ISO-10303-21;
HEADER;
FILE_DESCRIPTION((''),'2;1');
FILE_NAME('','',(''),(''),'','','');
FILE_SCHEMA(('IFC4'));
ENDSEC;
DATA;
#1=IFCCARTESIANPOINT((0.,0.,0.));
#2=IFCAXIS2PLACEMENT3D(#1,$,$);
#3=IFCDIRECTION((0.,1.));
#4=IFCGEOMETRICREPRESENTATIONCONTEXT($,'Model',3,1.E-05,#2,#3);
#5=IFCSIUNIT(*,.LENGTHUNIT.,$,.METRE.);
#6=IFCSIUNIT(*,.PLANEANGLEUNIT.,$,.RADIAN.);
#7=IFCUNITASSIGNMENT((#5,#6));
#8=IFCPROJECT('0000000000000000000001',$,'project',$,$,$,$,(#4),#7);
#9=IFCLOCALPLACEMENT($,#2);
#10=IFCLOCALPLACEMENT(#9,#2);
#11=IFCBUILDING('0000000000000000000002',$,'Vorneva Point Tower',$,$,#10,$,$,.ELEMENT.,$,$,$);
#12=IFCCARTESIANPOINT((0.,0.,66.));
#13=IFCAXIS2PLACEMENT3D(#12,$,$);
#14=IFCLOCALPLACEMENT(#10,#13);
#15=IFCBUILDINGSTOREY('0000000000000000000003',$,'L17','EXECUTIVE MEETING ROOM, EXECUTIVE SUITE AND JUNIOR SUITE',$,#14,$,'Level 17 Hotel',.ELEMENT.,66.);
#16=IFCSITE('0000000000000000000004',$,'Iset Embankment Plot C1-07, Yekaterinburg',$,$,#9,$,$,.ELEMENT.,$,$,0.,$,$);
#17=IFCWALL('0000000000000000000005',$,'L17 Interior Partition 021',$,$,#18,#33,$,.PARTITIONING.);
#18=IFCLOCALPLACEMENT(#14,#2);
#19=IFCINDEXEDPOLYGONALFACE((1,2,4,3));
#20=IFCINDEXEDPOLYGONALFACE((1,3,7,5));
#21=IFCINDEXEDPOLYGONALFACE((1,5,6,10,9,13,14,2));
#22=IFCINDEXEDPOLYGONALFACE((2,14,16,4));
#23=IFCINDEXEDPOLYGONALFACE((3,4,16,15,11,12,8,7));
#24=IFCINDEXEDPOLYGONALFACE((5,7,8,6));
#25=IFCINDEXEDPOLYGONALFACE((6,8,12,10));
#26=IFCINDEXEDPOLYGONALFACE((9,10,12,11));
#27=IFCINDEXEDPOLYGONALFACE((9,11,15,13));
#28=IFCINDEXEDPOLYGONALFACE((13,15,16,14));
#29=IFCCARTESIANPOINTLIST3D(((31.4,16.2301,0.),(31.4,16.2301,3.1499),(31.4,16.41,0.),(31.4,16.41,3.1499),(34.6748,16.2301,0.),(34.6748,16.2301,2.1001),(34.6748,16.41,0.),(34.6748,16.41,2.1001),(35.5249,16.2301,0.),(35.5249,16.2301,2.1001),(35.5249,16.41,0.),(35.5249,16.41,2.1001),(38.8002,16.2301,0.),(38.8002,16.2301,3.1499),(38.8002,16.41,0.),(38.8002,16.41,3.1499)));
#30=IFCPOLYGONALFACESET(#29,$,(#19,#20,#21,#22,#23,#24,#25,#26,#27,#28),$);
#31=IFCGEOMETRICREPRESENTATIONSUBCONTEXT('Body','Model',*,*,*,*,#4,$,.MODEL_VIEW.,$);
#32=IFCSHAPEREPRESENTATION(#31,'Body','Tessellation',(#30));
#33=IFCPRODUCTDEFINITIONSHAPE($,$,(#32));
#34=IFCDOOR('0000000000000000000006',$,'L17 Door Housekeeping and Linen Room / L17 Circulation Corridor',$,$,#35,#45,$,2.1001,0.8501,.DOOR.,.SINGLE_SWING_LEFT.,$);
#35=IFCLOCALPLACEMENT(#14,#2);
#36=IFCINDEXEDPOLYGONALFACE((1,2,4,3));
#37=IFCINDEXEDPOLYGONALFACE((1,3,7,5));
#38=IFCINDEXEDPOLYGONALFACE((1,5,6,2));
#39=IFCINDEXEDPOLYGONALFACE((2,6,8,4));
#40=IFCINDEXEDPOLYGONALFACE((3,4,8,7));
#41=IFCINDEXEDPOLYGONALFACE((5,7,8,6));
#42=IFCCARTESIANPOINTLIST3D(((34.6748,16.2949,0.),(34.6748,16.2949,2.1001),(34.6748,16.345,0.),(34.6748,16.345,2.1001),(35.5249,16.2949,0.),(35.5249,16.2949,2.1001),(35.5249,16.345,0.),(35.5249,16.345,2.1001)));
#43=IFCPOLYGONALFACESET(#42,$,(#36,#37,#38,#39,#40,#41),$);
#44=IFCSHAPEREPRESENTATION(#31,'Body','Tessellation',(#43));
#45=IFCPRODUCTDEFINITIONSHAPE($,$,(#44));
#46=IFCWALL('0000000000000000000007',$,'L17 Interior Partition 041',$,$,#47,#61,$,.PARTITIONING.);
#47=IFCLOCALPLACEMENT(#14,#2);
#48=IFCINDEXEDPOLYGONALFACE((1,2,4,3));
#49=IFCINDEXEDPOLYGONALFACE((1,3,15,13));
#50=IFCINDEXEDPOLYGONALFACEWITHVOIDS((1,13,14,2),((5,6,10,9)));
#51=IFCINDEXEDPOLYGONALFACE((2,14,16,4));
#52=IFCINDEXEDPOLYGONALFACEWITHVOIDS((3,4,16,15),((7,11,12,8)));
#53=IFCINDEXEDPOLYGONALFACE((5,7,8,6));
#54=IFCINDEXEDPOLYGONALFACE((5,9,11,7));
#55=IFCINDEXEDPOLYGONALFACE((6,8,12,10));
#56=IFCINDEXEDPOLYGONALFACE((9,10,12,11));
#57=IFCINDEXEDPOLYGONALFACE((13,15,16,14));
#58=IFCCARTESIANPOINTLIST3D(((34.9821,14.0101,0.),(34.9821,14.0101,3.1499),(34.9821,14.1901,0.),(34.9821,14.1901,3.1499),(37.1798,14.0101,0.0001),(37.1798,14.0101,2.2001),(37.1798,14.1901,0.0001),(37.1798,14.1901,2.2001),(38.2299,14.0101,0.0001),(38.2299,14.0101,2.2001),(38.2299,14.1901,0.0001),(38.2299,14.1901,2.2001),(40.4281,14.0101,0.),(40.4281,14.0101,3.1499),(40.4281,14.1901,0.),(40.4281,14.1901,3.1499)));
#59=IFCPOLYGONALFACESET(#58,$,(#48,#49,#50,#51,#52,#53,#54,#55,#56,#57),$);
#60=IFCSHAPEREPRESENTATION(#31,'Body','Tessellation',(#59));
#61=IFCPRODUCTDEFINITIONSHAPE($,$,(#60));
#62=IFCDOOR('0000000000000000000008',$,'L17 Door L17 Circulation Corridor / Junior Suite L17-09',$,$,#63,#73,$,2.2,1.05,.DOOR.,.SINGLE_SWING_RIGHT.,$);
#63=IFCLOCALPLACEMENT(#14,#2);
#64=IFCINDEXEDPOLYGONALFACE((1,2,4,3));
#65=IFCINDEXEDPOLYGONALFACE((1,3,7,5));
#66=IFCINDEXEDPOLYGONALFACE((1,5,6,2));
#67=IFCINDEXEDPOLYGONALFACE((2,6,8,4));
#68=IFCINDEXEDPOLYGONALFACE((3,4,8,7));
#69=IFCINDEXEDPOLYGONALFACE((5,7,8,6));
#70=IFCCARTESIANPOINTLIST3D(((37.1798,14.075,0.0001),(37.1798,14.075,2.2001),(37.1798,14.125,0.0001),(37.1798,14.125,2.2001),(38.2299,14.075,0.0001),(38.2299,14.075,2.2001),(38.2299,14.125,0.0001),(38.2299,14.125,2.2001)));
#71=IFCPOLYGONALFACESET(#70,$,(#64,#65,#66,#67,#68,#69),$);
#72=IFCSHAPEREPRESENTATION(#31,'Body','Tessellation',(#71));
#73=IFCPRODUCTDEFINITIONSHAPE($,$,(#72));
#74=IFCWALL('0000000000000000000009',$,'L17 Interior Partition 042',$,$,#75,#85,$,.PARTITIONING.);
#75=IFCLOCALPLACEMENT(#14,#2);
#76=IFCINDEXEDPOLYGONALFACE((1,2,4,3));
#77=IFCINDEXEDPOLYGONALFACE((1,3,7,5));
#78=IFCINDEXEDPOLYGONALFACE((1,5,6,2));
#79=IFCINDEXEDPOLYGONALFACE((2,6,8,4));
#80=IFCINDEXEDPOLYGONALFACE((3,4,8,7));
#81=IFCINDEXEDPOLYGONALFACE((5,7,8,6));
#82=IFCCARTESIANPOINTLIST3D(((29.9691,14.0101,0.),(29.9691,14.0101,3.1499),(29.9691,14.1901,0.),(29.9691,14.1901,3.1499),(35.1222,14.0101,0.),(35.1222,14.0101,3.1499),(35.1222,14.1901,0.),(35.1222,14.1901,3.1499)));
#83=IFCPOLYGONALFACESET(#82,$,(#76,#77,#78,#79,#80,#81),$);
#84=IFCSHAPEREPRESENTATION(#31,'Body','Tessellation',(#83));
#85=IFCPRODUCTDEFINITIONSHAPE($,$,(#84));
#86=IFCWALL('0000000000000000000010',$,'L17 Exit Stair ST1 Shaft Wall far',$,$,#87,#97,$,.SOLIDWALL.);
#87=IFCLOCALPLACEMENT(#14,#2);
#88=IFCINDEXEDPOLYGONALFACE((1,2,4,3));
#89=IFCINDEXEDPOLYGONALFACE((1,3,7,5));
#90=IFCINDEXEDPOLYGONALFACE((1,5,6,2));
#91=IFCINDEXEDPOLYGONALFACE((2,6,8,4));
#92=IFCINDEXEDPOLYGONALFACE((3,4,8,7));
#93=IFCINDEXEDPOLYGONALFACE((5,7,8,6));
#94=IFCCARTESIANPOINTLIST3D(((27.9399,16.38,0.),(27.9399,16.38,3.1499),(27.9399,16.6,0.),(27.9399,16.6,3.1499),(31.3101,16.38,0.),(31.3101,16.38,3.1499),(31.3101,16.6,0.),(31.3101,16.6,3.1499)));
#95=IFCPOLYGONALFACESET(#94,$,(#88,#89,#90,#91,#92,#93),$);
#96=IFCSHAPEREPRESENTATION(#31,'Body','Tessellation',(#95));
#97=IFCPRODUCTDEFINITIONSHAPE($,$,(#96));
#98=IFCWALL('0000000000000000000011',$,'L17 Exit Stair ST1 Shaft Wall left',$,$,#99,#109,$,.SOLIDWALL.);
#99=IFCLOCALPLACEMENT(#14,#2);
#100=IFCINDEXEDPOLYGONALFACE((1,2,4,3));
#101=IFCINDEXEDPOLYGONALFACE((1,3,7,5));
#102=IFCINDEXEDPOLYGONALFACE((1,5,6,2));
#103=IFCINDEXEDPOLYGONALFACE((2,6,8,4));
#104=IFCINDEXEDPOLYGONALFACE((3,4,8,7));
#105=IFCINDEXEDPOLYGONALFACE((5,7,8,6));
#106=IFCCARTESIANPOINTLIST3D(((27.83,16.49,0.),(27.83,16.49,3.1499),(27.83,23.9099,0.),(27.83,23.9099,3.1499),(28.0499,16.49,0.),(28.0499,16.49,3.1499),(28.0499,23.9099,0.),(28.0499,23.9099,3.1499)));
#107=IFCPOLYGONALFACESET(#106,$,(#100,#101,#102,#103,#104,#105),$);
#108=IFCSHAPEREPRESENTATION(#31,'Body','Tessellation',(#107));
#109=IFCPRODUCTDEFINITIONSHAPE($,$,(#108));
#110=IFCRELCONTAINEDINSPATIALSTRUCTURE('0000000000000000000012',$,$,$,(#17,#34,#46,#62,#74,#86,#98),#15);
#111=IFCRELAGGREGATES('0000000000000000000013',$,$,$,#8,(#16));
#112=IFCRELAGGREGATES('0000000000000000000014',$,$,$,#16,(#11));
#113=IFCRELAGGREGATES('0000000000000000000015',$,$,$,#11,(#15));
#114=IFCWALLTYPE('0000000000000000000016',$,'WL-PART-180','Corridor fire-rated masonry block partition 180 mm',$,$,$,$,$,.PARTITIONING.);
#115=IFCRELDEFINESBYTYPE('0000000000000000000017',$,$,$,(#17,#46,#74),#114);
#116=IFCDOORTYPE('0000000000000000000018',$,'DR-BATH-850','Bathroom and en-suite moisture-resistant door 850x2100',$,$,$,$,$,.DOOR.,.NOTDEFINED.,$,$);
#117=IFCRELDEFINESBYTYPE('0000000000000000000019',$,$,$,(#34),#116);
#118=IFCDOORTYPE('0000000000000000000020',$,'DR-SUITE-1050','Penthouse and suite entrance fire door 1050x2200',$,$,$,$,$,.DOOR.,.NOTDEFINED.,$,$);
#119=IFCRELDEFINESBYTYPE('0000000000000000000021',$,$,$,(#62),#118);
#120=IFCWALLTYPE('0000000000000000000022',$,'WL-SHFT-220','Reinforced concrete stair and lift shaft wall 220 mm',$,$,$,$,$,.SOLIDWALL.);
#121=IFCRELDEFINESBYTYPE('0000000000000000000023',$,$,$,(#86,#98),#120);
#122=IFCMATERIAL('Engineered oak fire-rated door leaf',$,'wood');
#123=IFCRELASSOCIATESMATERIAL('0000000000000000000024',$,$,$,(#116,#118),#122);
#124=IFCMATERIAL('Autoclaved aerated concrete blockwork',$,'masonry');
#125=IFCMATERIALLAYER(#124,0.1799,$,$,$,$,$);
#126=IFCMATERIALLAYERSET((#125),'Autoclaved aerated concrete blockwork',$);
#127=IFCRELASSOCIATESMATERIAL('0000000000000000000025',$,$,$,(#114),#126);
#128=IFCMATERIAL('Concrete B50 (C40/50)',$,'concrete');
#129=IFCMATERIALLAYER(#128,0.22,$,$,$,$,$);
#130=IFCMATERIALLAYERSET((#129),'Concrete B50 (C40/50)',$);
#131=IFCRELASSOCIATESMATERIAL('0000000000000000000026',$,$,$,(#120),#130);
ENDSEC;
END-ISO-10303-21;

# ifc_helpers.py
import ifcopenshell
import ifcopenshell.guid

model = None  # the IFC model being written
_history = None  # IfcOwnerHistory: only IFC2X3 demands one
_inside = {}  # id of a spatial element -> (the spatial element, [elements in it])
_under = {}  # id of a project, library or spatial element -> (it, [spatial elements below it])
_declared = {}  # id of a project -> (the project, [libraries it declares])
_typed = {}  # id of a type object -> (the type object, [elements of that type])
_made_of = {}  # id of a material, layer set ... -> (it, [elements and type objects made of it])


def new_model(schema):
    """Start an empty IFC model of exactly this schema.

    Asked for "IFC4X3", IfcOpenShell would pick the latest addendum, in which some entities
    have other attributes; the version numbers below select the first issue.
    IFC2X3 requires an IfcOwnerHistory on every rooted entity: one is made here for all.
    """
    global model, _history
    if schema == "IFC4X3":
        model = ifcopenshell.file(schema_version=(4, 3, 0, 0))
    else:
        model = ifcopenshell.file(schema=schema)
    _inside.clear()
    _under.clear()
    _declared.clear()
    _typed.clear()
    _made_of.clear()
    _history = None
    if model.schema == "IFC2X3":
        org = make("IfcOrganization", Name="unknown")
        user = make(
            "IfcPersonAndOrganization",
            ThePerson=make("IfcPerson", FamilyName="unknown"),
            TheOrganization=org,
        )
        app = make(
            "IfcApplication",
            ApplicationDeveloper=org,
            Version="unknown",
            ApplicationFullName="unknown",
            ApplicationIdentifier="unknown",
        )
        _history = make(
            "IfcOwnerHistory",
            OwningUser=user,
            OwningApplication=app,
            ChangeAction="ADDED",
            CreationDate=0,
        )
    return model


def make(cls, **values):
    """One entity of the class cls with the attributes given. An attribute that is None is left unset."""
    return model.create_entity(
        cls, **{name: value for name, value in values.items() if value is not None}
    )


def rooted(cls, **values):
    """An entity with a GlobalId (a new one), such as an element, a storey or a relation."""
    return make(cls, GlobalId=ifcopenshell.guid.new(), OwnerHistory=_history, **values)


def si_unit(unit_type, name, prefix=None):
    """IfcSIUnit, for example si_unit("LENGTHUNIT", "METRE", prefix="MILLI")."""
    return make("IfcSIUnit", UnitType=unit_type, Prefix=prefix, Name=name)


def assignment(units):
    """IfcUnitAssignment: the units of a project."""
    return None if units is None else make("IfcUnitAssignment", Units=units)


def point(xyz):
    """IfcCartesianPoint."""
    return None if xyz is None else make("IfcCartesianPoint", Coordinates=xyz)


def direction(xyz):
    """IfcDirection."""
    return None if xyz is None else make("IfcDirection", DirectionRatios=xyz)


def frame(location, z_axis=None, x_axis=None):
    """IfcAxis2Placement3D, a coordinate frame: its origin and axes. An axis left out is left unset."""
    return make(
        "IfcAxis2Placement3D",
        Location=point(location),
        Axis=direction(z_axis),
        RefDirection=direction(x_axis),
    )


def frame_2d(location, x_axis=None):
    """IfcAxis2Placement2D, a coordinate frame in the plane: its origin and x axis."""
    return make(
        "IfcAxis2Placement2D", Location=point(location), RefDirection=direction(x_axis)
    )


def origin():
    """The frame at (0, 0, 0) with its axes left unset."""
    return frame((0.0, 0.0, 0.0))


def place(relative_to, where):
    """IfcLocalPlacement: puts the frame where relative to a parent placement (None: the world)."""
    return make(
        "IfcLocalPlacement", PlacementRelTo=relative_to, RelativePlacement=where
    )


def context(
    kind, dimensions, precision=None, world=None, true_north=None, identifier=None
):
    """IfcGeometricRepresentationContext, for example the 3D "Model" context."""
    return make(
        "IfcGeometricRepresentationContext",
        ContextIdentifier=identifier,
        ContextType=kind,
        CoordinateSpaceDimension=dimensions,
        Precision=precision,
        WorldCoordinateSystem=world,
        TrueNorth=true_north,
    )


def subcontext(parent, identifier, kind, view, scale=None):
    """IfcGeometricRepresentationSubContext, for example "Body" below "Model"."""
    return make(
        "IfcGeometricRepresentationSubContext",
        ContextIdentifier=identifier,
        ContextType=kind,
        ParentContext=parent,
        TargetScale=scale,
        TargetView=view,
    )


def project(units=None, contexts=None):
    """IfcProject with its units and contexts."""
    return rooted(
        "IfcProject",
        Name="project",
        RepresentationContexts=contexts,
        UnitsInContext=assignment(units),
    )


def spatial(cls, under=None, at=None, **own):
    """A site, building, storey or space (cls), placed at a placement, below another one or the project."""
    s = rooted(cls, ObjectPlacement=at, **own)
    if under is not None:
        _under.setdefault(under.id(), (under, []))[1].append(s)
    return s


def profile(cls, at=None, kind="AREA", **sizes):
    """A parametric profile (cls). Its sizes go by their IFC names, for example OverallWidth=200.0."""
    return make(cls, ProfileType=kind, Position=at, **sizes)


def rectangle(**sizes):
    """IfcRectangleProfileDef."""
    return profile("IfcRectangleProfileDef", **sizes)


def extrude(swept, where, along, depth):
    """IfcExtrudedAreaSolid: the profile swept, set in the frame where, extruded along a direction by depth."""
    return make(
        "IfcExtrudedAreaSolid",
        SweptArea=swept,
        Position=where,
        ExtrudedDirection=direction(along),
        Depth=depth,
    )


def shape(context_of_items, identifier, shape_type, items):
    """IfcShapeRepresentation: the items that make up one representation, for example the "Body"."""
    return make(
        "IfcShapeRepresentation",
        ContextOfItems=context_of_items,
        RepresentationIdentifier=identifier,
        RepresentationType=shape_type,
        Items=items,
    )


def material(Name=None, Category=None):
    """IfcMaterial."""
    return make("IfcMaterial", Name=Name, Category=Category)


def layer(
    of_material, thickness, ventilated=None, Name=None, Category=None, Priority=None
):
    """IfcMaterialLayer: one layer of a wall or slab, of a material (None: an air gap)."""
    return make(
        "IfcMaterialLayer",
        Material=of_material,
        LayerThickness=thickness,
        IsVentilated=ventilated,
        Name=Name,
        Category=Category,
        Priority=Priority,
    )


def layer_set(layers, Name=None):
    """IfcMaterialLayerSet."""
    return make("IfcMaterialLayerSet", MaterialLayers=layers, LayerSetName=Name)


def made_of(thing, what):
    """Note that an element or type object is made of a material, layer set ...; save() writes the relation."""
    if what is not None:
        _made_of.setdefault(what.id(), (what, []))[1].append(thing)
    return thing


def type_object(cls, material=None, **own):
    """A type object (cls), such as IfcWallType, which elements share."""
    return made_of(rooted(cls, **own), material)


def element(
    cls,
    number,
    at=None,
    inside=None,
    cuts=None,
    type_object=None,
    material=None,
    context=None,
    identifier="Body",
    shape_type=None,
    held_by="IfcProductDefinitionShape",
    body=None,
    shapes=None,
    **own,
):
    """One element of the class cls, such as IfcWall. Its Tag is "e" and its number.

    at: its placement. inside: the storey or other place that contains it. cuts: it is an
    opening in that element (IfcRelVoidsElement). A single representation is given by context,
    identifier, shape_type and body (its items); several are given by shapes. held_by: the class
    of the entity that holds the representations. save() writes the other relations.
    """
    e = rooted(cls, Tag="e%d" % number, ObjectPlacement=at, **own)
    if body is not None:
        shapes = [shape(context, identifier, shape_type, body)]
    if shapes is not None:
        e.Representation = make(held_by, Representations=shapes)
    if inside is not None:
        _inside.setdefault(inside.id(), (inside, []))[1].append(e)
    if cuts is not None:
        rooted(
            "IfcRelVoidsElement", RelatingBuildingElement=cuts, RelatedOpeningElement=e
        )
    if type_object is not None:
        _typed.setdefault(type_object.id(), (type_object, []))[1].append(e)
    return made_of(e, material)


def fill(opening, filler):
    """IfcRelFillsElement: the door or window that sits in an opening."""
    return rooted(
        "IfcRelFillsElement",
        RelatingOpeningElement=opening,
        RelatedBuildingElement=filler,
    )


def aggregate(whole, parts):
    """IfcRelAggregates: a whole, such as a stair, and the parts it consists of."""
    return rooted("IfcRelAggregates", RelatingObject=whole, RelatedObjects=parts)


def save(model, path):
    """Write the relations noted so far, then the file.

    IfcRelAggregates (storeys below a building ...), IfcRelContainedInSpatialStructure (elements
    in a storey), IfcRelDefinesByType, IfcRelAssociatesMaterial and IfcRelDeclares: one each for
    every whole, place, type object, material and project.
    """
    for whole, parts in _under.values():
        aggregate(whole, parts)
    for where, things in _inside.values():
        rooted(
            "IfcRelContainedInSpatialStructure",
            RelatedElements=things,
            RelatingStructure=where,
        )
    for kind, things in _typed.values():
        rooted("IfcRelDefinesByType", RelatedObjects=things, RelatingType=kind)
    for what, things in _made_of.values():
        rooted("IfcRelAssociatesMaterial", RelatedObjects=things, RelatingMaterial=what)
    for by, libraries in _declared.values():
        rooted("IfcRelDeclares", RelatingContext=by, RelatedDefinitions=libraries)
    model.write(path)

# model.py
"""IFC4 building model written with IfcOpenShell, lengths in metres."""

from ifc_helpers import new_model, si_unit, direction, frame, frame_2d, origin, place, context, subcontext, project, spatial, rectangle, extrude, material, layer, layer_set, type_object, element, fill, save


model = new_model("IFC4")

# Units and contexts
model_context = context("Model", 3, precision=1e-05, world=origin(), true_north=direction((0.0, 1.0)))
body_context = subcontext(model_context, "Body", "Model", "MODEL_VIEW")
ifc_project = project(units=[si_unit("LENGTHUNIT", "METRE"), si_unit("PLANEANGLEUNIT", "RADIAN")], contexts=[model_context])

# Site, building, storey
site_placement = place(None, origin())
site = spatial("IfcSite", under=ifc_project, at=site_placement, Name="Iset Embankment Plot C1-07, Yekaterinburg", CompositionType="ELEMENT", RefElevation=0.0)
building_placement = place(site_placement, origin())
building = spatial("IfcBuilding", under=site, at=building_placement, Name="Vorneva Point Tower", CompositionType="ELEMENT")
storey_placement = place(building_placement, frame((0.0, 0.0, 66.0)))
storey = spatial("IfcBuildingStorey", under=building, at=storey_placement, Name="L17", Description="EXECUTIVE MEETING ROOM, EXECUTIVE SUITE AND JUNIOR SUITE", LongName="Level 17 Hotel", CompositionType="ELEMENT", Elevation=66.0)

# Shared definitions
ifc_material_1 = material(Name="Engineered oak fire-rated door leaf", Category="wood")
door_type_1 = type_object("IfcDoorType", Name="DR-BATH-850", Description="Bathroom and en-suite moisture-resistant door 850x2100", OperationType="NOTDEFINED", PredefinedType="DOOR", material=ifc_material_1)

# Walls, openings, doors
ifc_material_2 = material(Name="Autoclaved aerated concrete blockwork", Category="masonry")
ifc_layer_1 = layer(ifc_material_2, 0.1799)
ifc_layer_set_1 = layer_set([ifc_layer_1], Name="Autoclaved aerated concrete blockwork")
wall_type_1 = type_object("IfcWallType", Name="WL-PART-180", Description="Corridor fire-rated masonry block partition 180 mm", PredefinedType="PARTITIONING", material=ifc_layer_set_1)
wall_1_placement = place(storey_placement, frame((31.3999, 16.3201, 0.0), z_axis=(0.0, 0.0, 1.0), x_axis=(1.0, 0.0, 0.0)))
wall_1 = element("IfcWall", 1, at=wall_1_placement, inside=storey, type_object=wall_type_1, Name="L17 Interior Partition 021", PredefinedType="PARTITIONING", context=body_context, shape_type="SweptSolid", body=[
    extrude(rectangle(XDim=7.4001, YDim=0.1799, at=frame_2d((3.7002, 0.0))), origin(), (0.0, 0.0, 1.0), 3.1499),
])
opening_1_placement = place(wall_1_placement, frame((3.2749, 0.0, 0.0)))
opening_1 = element("IfcOpeningElement", 2, at=opening_1_placement, cuts=wall_1, PredefinedType="OPENING", context=body_context, shape_type="SweptSolid", body=[
    extrude(rectangle(XDim=0.8501, YDim=2.1001, at=frame_2d((0.425, 1.05))), frame((0.0, 0.105, 0.0), z_axis=(0.0, -1.0, 0.0), x_axis=(1.0, 0.0, 0.0)), (0.0, 0.0, 1.0), 0.2097),
])
door_1_placement = place(opening_1_placement, origin())
door_1 = element("IfcDoor", 3, at=door_1_placement, inside=storey, type_object=door_type_1, Name="L17 Door Housekeeping and Linen Room / L17 Circulation Corridor", OperationType="SINGLE_SWING_LEFT", OverallHeight=2.1001, OverallWidth=0.8501, PredefinedType="DOOR", context=body_context, shape_type="SweptSolid", body=[
    extrude(rectangle(XDim=0.8501, YDim=2.1001, at=frame_2d((0.425, 1.05))), frame((0.0, 0.0249, 0.0), z_axis=(0.0, -1.0, 0.0), x_axis=(1.0, 0.0, 0.0)), (0.0, 0.0, 1.0), 0.05),
])
fill(opening_1, door_1)
wall_2_placement = place(storey_placement, frame((34.9819, 14.1001, 0.0), z_axis=(0.0, 0.0, 1.0), x_axis=(1.0, 0.0, 0.0)))
wall_2 = element("IfcWall", 4, at=wall_2_placement, inside=storey, type_object=wall_type_1, Name="L17 Interior Partition 041", PredefinedType="PARTITIONING", context=body_context, shape_type="SweptSolid", body=[
    extrude(rectangle(XDim=5.446, YDim=0.1799, at=frame_2d((2.7231, 0.0))), origin(), (0.0, 0.0, 1.0), 3.1499),
])
opening_2_placement = place(wall_2_placement, frame((2.198, 0.0, 0.0)))
opening_2 = element("IfcOpeningElement", 5, at=opening_2_placement, cuts=wall_2, PredefinedType="OPENING", context=body_context, shape_type="SweptSolid", body=[
    extrude(rectangle(XDim=1.05, YDim=2.2, at=frame_2d((0.5249, 1.1001))), frame((0.0, 0.105, 0.0), z_axis=(0.0, -1.0, 0.0), x_axis=(1.0, 0.0, 0.0)), (0.0, 0.0, 1.0), 0.2097),
])
door_type_2 = type_object("IfcDoorType", Name="DR-SUITE-1050", Description="Penthouse and suite entrance fire door 1050x2200", OperationType="NOTDEFINED", PredefinedType="DOOR", material=ifc_material_1)
door_2_placement = place(opening_2_placement, origin())
door_2 = element("IfcDoor", 6, at=door_2_placement, inside=storey, type_object=door_type_2, Name="L17 Door L17 Circulation Corridor / Junior Suite L17-09", OperationType="SINGLE_SWING_RIGHT", OverallHeight=2.2, OverallWidth=1.05, PredefinedType="DOOR", context=body_context, shape_type="SweptSolid", body=[
    extrude(rectangle(XDim=1.05, YDim=2.2, at=frame_2d((0.5249, 1.1001))), frame((0.0, 0.0249, 0.0), z_axis=(0.0, -1.0, 0.0), x_axis=(1.0, 0.0, 0.0)), (0.0, 0.0, 1.0), 0.05),
])
fill(opening_2, door_2)

# Walls
wall_3_placement = place(storey_placement, frame((29.969, 14.1001, 0.0), z_axis=(0.0, 0.0, 1.0), x_axis=(1.0, 0.0, 0.0)))
element("IfcWall", 7, at=wall_3_placement, inside=storey, type_object=wall_type_1, Name="L17 Interior Partition 042", PredefinedType="PARTITIONING", context=body_context, shape_type="SweptSolid", body=[
    extrude(rectangle(XDim=5.1531, YDim=0.1799, at=frame_2d((2.5767, 0.0))), origin(), (0.0, 0.0, 1.0), 3.1499),
])
ifc_material_3 = material(Name="Concrete B50 (C40/50)", Category="concrete")
ifc_layer_2 = layer(ifc_material_3, 0.22)
ifc_layer_set_2 = layer_set([ifc_layer_2], Name="Concrete B50 (C40/50)")
wall_type_2 = type_object("IfcWallType", Name="WL-SHFT-220", Description="Reinforced concrete stair and lift shaft wall 220 mm", PredefinedType="SOLIDWALL", material=ifc_layer_set_2)
wall_4_placement = place(storey_placement, frame((31.3101, 16.49, 0.0), z_axis=(0.0, 0.0, 1.0), x_axis=(-1.0, 0.0, 0.0)))
element("IfcWall", 8, at=wall_4_placement, inside=storey, type_object=wall_type_2, Name="L17 Exit Stair ST1 Shaft Wall far", PredefinedType="SOLIDWALL", context=body_context, shape_type="SweptSolid", body=[
    extrude(rectangle(XDim=3.3701, YDim=0.22, at=frame_2d((1.6851, 0.0))), origin(), (0.0, 0.0, 1.0), 3.1499),
])
wall_5_placement = place(storey_placement, frame((27.9399, 16.49, 0.0), z_axis=(0.0, 0.0, 1.0), x_axis=(0.0, 1.0, 0.0)))
element("IfcWall", 9, at=wall_5_placement, inside=storey, type_object=wall_type_2, Name="L17 Exit Stair ST1 Shaft Wall left", PredefinedType="SOLIDWALL", context=body_context, shape_type="SweptSolid", body=[
    extrude(rectangle(XDim=7.4199, YDim=0.22, at=frame_2d((3.71, 0.0))), origin(), (0.0, 0.0, 1.0), 3.1499),
])

save(model, "model.ifc")
